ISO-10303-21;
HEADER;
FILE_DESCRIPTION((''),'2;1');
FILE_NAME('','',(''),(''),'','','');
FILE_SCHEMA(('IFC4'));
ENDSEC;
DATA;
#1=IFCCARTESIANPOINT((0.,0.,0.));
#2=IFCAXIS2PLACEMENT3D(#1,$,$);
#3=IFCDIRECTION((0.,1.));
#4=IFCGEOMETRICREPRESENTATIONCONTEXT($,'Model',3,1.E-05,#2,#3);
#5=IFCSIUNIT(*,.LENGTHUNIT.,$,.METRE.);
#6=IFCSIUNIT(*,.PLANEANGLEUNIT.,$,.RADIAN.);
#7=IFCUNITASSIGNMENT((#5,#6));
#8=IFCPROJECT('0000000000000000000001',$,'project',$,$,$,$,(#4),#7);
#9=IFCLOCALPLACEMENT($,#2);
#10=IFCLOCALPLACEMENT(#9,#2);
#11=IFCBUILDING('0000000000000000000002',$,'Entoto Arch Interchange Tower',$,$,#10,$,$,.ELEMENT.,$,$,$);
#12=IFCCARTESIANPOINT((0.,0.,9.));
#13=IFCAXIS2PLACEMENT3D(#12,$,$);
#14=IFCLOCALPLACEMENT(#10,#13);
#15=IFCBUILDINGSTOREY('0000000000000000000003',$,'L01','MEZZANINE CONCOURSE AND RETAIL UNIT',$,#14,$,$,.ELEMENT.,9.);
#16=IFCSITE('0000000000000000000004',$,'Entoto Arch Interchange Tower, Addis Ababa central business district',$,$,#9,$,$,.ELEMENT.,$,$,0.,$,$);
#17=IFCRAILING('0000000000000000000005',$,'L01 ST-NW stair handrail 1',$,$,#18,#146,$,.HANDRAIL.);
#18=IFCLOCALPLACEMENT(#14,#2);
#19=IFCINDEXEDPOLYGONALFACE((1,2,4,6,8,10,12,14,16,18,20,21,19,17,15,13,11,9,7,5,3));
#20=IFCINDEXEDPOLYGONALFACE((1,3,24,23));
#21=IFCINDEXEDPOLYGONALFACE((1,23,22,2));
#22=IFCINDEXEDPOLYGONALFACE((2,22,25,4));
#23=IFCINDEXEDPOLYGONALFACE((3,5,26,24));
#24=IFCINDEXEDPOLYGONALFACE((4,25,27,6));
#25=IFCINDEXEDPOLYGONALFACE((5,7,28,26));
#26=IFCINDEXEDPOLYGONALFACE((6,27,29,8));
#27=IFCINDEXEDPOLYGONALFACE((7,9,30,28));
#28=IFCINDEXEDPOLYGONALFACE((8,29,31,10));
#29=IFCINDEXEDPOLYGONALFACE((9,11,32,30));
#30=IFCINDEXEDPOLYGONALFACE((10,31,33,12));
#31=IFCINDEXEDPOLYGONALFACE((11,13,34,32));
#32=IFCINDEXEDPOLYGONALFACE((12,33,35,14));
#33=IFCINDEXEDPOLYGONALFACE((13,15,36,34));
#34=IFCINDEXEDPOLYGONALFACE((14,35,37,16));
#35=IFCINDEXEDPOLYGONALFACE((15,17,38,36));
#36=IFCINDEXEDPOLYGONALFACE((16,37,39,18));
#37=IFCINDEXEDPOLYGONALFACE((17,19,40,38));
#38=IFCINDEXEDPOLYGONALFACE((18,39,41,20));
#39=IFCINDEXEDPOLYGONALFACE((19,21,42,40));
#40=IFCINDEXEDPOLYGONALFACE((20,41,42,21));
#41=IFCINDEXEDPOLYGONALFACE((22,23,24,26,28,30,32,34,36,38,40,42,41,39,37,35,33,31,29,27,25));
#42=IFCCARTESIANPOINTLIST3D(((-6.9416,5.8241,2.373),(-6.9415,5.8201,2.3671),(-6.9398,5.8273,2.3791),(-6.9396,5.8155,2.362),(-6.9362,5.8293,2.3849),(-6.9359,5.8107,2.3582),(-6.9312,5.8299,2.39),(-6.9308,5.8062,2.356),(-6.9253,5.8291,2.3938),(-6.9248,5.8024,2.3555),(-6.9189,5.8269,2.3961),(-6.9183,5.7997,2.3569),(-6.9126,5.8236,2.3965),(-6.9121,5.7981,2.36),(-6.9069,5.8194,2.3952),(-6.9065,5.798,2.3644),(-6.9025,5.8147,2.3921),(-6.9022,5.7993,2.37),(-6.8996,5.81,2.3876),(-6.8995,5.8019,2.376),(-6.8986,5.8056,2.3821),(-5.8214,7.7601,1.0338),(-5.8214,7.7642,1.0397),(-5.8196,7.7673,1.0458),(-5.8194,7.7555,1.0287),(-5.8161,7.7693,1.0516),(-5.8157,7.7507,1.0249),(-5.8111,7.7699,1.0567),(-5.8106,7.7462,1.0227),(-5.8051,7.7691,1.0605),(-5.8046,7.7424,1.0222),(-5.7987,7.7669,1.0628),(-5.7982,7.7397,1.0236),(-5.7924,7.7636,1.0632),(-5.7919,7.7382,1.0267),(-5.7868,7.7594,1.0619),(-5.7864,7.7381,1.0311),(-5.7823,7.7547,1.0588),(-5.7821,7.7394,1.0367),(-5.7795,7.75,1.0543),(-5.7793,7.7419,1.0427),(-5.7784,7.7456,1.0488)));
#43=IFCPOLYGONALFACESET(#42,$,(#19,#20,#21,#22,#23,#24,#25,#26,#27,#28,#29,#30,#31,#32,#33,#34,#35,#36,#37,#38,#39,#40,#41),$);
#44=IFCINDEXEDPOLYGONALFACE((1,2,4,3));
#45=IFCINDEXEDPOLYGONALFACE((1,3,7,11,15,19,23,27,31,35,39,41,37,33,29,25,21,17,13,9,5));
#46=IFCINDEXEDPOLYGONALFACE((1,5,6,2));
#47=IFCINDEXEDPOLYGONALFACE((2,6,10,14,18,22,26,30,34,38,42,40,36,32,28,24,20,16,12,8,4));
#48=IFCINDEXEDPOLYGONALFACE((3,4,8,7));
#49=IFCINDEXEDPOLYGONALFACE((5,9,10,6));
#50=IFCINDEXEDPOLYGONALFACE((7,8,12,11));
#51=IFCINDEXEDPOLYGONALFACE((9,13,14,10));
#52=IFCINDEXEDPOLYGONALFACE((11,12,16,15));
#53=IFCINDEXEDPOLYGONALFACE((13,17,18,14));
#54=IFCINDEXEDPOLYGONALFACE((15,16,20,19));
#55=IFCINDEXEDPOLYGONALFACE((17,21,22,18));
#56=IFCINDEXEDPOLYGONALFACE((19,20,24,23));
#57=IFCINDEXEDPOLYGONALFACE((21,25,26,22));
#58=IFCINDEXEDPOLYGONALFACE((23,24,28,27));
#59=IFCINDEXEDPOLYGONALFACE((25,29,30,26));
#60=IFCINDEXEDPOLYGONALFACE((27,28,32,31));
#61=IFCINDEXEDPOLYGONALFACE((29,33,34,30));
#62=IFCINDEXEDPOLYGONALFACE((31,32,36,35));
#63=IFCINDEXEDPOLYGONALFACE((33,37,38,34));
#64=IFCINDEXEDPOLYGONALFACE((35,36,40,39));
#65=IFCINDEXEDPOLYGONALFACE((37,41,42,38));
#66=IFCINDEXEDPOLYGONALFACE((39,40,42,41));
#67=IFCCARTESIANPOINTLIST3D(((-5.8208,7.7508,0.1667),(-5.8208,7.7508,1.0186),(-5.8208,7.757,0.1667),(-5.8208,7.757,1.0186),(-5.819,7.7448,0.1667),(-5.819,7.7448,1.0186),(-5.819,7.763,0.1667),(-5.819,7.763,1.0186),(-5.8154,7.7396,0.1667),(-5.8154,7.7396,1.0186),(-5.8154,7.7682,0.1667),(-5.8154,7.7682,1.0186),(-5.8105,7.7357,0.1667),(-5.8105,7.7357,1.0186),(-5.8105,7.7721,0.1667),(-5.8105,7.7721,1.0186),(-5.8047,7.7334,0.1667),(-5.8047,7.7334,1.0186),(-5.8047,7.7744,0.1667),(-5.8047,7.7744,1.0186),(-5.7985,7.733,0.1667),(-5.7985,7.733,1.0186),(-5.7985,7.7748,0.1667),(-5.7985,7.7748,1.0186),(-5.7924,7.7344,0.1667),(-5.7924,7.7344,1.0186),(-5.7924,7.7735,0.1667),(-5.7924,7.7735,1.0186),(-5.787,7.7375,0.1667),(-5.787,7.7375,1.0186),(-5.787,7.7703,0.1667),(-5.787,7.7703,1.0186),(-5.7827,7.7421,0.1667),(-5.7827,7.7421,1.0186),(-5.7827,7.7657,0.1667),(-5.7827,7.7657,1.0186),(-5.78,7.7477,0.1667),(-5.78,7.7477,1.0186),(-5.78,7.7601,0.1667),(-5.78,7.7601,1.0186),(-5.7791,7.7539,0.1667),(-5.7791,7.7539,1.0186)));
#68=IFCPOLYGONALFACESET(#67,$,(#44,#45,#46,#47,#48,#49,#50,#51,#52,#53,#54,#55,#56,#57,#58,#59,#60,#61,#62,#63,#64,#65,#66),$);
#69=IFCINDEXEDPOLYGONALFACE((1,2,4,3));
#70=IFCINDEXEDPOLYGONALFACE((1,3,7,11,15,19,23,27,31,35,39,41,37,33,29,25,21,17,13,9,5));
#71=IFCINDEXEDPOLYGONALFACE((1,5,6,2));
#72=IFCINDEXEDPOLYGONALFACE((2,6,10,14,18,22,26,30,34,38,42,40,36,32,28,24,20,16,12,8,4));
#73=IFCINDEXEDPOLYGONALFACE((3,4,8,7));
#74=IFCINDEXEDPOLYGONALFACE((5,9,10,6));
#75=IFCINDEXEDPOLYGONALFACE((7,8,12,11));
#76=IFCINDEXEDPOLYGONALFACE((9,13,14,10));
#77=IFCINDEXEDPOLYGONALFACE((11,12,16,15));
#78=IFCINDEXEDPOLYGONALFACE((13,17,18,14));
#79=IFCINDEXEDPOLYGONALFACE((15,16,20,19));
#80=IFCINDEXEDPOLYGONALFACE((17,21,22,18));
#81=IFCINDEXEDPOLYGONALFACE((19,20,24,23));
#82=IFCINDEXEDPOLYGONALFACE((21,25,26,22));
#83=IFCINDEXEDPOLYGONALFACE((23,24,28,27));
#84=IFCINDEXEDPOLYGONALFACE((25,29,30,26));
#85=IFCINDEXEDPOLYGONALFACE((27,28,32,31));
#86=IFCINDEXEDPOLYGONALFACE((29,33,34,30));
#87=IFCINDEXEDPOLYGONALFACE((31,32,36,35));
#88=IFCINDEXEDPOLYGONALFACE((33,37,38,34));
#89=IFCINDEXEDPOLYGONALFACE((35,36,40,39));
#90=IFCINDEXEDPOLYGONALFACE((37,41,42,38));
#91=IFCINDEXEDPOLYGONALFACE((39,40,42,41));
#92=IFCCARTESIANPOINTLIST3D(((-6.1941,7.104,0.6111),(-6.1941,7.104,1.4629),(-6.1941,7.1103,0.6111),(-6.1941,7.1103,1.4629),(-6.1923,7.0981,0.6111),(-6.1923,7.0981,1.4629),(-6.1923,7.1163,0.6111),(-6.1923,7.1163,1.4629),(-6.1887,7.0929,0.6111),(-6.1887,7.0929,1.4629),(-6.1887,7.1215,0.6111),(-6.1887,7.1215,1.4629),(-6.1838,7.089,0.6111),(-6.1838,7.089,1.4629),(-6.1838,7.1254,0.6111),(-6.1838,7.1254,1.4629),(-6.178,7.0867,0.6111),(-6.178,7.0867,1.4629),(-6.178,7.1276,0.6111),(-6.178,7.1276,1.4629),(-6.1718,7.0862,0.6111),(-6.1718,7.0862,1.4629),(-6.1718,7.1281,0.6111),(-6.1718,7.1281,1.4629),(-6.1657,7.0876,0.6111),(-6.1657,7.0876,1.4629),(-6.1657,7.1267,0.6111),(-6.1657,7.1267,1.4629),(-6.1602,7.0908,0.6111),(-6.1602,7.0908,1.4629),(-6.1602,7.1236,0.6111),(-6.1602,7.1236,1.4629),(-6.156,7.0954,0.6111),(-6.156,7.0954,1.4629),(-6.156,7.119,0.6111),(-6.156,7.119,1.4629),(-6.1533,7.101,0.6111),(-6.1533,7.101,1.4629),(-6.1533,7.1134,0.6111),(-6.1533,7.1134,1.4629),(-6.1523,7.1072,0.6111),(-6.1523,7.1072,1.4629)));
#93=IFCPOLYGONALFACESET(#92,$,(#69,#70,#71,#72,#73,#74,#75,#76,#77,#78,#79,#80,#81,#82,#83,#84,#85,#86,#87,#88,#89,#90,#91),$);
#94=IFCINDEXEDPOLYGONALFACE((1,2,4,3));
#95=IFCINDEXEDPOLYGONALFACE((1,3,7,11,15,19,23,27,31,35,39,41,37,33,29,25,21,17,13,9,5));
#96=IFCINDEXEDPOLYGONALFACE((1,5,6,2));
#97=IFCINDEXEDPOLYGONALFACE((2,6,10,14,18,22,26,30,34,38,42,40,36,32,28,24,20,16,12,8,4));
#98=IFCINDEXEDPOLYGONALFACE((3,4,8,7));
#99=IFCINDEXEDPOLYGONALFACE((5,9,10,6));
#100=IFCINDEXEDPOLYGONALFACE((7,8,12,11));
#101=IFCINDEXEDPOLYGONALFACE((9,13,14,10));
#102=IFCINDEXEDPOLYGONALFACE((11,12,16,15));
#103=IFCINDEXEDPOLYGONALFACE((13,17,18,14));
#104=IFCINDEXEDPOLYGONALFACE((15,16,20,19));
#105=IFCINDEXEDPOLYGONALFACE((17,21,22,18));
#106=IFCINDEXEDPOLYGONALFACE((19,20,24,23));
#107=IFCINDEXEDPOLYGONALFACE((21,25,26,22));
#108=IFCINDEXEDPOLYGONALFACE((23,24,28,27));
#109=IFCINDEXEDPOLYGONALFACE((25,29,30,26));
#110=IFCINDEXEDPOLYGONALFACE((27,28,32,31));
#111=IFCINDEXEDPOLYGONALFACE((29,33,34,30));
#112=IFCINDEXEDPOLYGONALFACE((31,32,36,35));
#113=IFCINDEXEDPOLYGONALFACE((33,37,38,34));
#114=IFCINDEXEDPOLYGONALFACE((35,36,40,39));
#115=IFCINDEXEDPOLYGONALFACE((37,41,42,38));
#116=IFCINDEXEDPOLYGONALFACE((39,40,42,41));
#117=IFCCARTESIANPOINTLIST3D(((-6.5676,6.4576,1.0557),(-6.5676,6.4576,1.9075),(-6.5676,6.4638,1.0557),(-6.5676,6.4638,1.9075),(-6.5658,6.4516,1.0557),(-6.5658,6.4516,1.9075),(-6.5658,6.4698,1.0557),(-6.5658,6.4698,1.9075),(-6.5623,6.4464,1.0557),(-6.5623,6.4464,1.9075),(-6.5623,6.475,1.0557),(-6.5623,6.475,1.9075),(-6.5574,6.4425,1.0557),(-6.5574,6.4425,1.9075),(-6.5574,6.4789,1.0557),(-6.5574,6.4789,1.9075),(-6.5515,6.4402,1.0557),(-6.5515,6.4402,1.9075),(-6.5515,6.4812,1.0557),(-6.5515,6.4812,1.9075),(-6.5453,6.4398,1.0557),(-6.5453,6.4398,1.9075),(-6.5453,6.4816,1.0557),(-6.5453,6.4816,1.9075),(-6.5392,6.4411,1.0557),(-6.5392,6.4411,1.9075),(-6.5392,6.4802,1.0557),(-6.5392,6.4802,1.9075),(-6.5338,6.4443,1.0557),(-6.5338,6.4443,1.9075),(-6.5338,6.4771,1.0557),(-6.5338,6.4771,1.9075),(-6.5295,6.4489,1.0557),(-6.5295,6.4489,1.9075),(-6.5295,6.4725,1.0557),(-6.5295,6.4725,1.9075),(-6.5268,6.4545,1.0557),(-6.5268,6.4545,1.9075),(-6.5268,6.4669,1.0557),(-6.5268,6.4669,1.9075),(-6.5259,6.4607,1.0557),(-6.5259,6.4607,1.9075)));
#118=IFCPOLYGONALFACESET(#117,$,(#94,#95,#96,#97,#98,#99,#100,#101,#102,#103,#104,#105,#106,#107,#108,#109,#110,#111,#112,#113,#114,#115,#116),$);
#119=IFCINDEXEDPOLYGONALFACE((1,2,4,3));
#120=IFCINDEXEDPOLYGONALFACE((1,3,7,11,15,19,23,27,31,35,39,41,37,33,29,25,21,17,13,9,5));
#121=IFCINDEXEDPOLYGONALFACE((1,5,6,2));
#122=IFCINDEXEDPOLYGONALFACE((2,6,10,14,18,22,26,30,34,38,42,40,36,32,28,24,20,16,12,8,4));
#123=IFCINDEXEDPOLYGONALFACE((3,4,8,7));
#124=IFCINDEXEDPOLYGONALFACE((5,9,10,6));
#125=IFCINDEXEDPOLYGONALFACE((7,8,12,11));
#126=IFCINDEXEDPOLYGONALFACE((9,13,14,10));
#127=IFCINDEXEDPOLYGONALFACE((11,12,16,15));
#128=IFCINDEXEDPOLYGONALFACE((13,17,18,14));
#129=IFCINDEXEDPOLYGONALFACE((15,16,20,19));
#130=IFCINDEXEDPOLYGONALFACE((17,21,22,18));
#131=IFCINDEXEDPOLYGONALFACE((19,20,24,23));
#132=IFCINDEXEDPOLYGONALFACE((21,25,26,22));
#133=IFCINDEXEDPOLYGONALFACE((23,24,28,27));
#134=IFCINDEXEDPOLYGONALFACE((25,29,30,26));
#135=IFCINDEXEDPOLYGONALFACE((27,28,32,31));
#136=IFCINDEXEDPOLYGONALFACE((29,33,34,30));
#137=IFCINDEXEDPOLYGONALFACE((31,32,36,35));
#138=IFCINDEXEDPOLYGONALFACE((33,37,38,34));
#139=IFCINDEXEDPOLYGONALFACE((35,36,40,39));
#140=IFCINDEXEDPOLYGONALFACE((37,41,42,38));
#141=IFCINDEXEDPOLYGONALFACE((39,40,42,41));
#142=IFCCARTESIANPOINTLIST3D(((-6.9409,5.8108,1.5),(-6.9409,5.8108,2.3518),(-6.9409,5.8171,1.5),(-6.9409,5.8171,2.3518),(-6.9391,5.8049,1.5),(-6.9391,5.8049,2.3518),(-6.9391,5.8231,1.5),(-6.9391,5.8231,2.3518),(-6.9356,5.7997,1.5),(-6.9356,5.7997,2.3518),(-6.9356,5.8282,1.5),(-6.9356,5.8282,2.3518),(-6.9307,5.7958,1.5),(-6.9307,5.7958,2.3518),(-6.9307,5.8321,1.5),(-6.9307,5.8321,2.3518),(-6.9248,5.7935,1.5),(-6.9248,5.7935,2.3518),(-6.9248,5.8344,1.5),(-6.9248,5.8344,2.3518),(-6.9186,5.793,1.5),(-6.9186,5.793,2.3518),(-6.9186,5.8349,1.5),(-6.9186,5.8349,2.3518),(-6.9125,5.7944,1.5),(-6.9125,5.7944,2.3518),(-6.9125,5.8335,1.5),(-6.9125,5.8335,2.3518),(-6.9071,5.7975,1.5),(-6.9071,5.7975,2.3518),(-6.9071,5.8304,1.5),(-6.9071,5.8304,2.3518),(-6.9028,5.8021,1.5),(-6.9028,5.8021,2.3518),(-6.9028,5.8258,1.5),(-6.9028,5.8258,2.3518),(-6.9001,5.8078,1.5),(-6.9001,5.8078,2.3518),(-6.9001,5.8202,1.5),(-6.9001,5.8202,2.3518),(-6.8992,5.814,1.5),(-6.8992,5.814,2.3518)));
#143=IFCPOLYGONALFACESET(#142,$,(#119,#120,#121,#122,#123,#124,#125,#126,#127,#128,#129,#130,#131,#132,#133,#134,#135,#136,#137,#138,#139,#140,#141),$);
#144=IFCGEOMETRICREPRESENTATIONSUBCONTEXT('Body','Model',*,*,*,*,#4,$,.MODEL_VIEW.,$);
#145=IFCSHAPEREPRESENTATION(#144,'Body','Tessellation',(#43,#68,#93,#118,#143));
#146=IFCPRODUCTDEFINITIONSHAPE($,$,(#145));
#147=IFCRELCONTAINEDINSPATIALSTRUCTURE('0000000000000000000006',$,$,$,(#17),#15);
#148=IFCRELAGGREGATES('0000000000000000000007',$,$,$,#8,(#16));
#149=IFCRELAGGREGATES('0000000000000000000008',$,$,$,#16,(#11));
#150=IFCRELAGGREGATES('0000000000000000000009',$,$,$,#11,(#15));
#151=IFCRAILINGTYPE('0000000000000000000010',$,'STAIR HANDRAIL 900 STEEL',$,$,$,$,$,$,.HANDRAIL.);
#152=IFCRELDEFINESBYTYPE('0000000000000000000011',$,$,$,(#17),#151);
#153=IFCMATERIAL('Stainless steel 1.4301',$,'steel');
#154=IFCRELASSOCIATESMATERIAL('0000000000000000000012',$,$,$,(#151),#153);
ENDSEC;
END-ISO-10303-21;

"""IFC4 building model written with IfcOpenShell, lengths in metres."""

from ifc_helpers import new_model, si_unit, direction, frame, origin, origin_2d, place, context, subcontext, project, spatial, circle, extrude, material, type_object, element, save


model = new_model("IFC4")

# Units and contexts
model_context = context("Model", 3, precision=1e-05, world=origin(), true_north=direction((0.0, 1.0)))
body_context = subcontext(model_context, "Body", "Model", "MODEL_VIEW")
ifc_project = project(units=[si_unit("LENGTHUNIT", "METRE"), si_unit("PLANEANGLEUNIT", "RADIAN")], contexts=[model_context])

# Site, building, storey
site_placement = place(None, origin())
site = spatial("IfcSite", under=ifc_project, at=site_placement, Name="Entoto Arch Interchange Tower, Addis Ababa central business district", CompositionType="ELEMENT", RefElevation=0.0)
building_placement = place(site_placement, origin())
building = spatial("IfcBuilding", under=site, at=building_placement, Name="Entoto Arch Interchange Tower", CompositionType="ELEMENT")
storey_placement = place(building_placement, frame((0.0, 0.0, 9.0)))
storey = spatial("IfcBuildingStorey", under=building, at=storey_placement, Name="L01", Description="MEZZANINE CONCOURSE AND RETAIL UNIT", CompositionType="ELEMENT", Elevation=9.0)

# Railing
ifc_material_1 = material(Name="Stainless steel 1.4301", Category="steel")
railing_type = type_object("IfcRailingType", Name="STAIR HANDRAIL 900 STEEL", PredefinedType="HANDRAIL", material=ifc_material_1)
for number, where, name in (
    (1, (-5.8, 7.7539, 0.1667), "L01 ST-NW stair handrail 1"),
):
    element("IfcRailing", number, at=place(storey_placement, frame(where)), inside=storey, type_object=railing_type, Name=name, PredefinedType="HANDRAIL", context=body_context, shape_type="SweptSolid", body=[
        extrude(circle(Radius=0.0239, at=origin_2d()), frame((0.0, 0.0, 0.876), z_axis=(-0.429684, -0.744175, 0.511444), x_axis=(0.866008, -0.500031, 0.0)), (0.0, 0.0, 1.0), 2.6069),
        extrude(circle(Radius=0.021, at=origin_2d()), origin(), (0.0, 0.0, 1.0), 0.8518),
        extrude(circle(Radius=0.021, at=origin_2d()), frame((-0.3733, -0.6467, 0.4443)), (0.0, 0.0, 1.0), 0.8518),
        extrude(circle(Radius=0.021, at=origin_2d()), frame((-0.7468, -1.2932, 0.8889)), (0.0, 0.0, 1.0), 0.8518),
        extrude(circle(Radius=0.021, at=origin_2d()), frame((-1.1201, -1.9399, 1.3333)), (0.0, 0.0, 1.0), 0.8518),
    ])

save(model, "model.ifc")
